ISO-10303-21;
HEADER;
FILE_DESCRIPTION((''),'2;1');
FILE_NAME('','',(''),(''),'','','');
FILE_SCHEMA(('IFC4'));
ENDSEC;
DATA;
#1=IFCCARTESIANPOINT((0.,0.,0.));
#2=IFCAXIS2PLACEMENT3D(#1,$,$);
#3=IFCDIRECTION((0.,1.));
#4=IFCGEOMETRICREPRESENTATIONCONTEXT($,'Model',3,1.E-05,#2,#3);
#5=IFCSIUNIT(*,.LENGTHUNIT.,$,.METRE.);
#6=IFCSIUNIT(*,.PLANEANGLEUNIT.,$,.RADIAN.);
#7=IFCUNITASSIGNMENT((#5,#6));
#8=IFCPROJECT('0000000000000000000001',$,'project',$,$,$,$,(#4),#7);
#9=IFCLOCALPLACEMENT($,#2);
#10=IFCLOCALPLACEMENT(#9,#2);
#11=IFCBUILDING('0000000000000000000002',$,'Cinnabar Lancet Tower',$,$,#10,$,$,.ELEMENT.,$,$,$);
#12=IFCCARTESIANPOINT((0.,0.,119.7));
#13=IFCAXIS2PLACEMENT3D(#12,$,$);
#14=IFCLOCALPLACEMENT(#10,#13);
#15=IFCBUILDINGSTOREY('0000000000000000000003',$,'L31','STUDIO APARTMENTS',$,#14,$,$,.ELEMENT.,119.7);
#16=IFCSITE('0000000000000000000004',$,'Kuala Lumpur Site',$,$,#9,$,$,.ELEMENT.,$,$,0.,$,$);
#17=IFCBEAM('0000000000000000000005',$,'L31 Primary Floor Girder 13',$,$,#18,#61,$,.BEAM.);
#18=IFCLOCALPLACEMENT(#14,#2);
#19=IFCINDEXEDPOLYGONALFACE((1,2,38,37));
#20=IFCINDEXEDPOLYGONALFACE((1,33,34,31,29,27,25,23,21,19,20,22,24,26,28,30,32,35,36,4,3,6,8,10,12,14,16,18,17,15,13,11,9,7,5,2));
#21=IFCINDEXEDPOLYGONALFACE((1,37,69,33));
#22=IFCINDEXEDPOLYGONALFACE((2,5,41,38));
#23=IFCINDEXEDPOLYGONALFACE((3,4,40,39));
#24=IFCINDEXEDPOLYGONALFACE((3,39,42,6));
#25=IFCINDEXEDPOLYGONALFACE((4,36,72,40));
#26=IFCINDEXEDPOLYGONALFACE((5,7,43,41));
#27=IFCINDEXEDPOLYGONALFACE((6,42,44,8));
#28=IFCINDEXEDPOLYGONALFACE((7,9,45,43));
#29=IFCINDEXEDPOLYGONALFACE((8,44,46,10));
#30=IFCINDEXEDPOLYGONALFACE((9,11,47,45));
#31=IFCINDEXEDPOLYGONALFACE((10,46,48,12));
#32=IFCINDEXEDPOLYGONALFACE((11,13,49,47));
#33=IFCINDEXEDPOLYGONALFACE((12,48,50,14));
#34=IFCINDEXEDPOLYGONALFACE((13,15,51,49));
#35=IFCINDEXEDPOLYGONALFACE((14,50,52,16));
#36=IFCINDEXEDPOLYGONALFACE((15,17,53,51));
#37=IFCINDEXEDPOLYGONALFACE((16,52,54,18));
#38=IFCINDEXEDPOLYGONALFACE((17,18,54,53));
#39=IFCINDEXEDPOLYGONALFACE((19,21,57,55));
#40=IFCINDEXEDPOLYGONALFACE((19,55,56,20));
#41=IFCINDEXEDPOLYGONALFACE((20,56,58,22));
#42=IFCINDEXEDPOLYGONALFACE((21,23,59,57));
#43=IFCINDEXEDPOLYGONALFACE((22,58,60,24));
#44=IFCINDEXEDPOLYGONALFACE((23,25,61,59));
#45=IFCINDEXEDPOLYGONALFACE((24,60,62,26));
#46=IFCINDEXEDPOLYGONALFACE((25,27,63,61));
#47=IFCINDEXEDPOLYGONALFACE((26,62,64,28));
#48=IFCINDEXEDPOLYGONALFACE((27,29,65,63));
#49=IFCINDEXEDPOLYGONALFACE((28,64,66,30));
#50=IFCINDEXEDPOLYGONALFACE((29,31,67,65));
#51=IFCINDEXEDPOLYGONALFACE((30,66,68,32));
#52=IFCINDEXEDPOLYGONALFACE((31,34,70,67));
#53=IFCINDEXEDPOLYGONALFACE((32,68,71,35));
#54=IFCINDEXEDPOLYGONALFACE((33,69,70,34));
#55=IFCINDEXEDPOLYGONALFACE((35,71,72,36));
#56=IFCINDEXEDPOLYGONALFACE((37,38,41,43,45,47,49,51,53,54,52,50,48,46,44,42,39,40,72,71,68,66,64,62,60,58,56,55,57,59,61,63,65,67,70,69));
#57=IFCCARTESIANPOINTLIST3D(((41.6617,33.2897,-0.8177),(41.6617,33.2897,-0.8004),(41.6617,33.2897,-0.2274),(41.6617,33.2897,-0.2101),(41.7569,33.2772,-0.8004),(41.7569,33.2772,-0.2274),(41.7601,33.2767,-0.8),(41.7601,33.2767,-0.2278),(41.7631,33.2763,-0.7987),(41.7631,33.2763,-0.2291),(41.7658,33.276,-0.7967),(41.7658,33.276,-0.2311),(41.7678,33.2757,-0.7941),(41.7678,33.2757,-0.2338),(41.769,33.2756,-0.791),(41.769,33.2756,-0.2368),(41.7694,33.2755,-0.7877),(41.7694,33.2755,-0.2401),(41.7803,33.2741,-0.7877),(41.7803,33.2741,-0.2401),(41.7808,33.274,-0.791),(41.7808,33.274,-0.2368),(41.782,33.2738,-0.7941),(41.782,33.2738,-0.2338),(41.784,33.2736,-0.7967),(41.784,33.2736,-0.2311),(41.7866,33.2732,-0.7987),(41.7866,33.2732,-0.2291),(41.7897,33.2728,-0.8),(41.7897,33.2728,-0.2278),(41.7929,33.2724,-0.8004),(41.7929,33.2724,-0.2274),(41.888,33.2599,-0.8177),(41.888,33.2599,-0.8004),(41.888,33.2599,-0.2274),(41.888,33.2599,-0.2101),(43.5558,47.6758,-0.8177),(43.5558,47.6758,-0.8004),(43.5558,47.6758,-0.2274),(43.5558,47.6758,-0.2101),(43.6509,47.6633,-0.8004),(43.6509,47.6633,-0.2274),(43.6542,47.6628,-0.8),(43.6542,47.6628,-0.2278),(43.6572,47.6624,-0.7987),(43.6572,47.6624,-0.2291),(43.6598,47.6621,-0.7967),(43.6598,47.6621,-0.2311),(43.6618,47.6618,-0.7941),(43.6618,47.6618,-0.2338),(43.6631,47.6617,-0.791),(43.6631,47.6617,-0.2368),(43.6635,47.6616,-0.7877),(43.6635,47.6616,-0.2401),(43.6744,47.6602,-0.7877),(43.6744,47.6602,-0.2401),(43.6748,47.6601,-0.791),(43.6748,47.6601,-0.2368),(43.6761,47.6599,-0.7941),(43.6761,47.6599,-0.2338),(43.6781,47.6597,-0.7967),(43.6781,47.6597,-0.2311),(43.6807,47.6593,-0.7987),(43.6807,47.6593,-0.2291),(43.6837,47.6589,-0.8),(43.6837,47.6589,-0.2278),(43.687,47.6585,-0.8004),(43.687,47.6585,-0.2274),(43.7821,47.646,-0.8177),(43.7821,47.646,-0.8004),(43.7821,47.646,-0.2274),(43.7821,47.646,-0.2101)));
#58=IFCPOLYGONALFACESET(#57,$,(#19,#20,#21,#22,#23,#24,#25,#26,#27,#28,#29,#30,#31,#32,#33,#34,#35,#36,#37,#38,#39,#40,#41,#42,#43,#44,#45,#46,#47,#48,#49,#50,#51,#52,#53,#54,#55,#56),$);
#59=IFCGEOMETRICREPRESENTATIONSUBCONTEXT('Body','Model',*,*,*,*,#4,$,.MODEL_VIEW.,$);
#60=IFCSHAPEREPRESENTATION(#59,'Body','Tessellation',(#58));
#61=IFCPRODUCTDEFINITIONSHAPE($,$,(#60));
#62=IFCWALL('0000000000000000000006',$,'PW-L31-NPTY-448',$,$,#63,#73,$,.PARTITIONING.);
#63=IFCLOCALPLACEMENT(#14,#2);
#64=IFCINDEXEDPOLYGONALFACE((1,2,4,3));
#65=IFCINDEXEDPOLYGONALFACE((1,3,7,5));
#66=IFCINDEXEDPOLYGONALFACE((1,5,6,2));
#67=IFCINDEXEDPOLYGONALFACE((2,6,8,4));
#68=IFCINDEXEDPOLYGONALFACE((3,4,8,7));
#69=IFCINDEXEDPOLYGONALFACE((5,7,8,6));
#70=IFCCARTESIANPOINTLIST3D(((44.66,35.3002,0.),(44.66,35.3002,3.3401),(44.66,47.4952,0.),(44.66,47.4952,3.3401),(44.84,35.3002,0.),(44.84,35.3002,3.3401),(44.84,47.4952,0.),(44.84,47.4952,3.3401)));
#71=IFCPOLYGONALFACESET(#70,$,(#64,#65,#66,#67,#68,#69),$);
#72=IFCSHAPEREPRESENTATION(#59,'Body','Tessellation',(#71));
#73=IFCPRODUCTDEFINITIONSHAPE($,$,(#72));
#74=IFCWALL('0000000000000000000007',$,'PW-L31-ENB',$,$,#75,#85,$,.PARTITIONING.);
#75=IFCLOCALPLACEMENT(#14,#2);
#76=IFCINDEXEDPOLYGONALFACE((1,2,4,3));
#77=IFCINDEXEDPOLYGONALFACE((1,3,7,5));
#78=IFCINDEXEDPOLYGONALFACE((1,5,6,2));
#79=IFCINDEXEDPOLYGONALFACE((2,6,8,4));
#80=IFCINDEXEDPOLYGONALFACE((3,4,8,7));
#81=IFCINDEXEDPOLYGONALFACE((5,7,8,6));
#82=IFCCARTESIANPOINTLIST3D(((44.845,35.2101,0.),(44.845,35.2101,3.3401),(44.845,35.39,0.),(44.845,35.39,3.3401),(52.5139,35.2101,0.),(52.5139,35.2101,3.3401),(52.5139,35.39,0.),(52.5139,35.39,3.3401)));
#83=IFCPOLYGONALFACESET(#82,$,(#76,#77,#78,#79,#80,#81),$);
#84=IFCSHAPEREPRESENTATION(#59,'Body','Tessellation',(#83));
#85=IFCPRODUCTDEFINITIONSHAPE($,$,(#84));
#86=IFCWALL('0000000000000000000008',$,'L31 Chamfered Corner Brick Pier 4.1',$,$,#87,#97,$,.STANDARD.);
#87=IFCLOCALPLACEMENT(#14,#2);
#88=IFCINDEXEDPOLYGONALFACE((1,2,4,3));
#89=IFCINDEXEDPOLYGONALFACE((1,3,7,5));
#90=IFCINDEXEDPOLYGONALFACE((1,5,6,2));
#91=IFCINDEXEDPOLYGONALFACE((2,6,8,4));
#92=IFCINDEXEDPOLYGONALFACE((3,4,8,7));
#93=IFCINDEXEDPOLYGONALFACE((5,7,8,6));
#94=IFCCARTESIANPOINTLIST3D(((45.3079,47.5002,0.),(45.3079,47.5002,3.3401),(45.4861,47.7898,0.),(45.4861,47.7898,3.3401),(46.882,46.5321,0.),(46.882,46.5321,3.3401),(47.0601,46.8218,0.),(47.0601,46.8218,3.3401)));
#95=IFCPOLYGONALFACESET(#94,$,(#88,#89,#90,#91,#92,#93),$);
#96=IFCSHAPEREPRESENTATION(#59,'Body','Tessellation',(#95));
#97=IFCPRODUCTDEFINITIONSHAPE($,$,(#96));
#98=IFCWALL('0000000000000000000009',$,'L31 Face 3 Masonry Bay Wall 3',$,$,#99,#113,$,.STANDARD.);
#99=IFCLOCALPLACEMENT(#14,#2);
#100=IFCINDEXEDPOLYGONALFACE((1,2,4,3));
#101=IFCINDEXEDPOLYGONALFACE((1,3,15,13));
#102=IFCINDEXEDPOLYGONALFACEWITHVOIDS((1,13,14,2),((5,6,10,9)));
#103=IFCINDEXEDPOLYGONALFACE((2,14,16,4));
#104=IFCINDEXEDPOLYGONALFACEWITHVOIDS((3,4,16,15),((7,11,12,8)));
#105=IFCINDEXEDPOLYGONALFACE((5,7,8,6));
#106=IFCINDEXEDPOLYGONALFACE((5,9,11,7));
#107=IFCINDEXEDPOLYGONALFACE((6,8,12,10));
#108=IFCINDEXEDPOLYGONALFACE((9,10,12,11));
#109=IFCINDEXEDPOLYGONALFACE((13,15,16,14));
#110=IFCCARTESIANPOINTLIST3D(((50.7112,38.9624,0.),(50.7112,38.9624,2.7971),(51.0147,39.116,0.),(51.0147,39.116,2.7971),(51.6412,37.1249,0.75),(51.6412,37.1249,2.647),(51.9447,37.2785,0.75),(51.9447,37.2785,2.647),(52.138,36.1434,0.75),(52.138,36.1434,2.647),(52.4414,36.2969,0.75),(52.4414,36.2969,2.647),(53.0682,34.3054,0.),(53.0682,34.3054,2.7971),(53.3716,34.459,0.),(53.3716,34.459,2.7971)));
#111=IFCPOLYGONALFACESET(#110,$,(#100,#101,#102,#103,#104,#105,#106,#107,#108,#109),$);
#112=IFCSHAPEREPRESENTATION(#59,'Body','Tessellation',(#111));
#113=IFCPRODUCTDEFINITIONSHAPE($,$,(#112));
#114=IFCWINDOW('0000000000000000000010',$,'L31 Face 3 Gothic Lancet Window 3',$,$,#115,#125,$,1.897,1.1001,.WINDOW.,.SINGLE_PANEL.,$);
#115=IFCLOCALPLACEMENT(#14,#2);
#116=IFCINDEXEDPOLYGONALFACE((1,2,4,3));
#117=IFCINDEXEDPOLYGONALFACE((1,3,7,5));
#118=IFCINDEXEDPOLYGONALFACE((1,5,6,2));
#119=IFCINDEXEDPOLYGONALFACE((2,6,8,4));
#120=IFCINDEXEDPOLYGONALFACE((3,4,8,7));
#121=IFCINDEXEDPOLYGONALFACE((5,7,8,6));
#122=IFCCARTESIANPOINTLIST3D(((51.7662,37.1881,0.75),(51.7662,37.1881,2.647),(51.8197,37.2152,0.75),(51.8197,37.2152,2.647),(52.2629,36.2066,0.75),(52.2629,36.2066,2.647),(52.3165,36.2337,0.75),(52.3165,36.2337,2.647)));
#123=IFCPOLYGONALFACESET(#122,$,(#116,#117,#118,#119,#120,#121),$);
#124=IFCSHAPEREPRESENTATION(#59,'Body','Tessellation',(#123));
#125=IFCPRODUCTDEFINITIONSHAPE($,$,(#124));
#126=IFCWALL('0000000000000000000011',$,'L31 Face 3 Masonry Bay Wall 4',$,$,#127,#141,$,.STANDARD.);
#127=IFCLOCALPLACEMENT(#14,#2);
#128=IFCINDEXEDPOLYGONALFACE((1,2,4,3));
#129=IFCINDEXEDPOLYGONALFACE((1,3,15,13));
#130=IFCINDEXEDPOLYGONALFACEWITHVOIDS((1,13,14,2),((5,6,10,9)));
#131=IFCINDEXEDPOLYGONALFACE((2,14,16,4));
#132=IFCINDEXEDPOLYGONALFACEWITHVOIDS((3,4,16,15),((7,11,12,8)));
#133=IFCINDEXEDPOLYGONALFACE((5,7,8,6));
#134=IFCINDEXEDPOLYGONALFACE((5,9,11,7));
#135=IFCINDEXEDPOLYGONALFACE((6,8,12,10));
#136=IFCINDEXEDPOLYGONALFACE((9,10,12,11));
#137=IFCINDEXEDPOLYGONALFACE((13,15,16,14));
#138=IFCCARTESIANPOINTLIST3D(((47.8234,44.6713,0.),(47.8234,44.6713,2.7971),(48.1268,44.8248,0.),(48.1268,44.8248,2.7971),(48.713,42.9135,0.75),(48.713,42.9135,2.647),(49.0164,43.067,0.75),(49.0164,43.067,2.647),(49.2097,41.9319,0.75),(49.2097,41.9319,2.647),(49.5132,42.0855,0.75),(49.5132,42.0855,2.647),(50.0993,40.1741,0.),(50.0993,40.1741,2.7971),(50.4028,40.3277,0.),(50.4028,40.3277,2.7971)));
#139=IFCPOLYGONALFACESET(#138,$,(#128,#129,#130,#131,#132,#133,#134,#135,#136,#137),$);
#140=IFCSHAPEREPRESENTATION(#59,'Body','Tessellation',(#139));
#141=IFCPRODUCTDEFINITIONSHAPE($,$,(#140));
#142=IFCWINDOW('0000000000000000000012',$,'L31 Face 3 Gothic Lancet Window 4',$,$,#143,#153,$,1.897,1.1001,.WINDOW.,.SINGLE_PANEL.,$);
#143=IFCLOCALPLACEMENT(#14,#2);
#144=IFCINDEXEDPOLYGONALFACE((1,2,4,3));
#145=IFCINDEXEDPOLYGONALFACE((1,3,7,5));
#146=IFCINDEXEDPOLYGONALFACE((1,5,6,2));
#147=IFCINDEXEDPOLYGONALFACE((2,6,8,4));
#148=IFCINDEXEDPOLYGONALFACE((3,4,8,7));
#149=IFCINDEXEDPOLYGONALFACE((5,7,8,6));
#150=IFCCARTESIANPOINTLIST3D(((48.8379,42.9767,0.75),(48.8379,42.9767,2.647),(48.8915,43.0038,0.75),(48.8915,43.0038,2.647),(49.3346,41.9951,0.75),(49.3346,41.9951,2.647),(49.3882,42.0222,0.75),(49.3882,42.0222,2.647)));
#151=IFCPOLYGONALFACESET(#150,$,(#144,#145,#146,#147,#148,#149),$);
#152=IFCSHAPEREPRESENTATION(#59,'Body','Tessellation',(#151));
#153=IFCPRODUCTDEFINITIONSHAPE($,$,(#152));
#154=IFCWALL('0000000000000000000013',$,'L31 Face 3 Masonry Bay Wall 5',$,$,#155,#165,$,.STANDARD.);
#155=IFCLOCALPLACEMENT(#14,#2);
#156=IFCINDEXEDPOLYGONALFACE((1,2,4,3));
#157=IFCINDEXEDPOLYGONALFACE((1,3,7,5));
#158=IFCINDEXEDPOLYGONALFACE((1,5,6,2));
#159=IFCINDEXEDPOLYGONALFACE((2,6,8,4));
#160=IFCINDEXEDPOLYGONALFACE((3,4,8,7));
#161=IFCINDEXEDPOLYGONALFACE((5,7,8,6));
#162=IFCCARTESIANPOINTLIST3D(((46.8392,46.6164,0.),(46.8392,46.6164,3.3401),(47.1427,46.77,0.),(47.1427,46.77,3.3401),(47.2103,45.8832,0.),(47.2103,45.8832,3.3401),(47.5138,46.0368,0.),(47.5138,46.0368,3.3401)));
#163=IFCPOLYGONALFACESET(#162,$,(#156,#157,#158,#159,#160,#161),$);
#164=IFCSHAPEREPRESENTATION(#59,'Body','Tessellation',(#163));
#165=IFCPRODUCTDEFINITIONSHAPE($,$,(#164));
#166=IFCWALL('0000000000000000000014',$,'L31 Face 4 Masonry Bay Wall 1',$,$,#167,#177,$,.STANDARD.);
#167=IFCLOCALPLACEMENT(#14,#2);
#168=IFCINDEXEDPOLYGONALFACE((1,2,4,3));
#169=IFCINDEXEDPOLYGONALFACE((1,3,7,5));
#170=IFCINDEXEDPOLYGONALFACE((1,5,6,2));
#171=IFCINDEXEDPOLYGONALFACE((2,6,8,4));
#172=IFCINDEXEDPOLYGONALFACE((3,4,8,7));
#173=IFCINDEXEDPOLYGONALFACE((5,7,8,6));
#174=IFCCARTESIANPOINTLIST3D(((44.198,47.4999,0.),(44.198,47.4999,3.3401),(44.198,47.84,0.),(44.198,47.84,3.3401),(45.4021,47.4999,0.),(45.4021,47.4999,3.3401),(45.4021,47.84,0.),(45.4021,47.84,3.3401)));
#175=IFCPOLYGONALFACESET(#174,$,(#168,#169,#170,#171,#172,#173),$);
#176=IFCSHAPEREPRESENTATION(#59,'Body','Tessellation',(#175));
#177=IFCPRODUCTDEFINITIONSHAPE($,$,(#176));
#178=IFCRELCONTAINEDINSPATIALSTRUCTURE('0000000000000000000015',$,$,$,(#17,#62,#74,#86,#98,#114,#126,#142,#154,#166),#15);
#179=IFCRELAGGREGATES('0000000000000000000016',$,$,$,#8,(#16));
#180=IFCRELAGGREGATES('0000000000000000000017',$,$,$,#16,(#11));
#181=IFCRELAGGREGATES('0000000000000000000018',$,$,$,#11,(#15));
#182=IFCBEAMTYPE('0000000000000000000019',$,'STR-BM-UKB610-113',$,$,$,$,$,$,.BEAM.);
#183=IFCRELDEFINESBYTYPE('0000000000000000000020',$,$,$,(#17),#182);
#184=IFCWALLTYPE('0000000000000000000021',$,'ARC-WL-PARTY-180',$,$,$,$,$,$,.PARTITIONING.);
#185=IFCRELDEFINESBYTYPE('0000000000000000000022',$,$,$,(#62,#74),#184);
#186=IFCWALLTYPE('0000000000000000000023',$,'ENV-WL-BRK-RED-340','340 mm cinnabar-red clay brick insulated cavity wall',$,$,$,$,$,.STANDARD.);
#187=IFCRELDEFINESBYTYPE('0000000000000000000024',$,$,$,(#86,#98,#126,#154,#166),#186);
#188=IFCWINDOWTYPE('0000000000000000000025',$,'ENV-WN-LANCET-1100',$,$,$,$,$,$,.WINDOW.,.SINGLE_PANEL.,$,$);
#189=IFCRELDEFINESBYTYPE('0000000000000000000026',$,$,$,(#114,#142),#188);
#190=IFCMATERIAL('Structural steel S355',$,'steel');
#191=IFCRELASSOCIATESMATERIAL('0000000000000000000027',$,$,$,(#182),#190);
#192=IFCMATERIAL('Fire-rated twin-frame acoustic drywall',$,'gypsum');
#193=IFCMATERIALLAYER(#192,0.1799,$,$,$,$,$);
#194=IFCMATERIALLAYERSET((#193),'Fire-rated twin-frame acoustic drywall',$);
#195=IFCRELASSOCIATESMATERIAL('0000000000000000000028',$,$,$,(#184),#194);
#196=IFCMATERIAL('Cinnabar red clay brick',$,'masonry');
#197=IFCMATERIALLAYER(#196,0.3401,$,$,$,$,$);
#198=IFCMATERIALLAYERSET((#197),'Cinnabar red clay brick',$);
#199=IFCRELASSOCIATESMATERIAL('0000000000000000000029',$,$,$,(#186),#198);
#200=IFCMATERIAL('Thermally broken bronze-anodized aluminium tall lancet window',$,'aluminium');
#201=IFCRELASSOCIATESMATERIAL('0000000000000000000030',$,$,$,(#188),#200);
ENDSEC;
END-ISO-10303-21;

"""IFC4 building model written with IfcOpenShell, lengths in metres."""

from ifc_helpers import new_model, si_unit, direction, frame, frame_2d, origin, origin_2d, place, context, subcontext, project, spatial, rectangle, i_section, extrude, material, layer, layer_set, material_profile, profile_set, type_object, element, fill, save


model = new_model("IFC4")

# Units and contexts
model_context = context("Model", 3, precision=1e-05, world=origin(), true_north=direction((0.0, 1.0)))
body_context = subcontext(model_context, "Body", "Model", "MODEL_VIEW")
ifc_project = project(units=[si_unit("LENGTHUNIT", "METRE"), si_unit("PLANEANGLEUNIT", "RADIAN")], contexts=[model_context])

# Site, building, storey
site_placement = place(None, origin())
site = spatial("IfcSite", under=ifc_project, at=site_placement, Name="Kuala Lumpur Site", CompositionType="ELEMENT", RefElevation=0.0)
building_placement = place(site_placement, origin())
building = spatial("IfcBuilding", under=site, at=building_placement, Name="Cinnabar Lancet Tower", CompositionType="ELEMENT")
storey_placement = place(building_placement, frame((0.0, 0.0, 119.7)))
storey = spatial("IfcBuildingStorey", under=building, at=storey_placement, Name="L31", Description="STUDIO APARTMENTS", CompositionType="ELEMENT", Elevation=119.7)

# Beam
ifc_material_1 = material(Name="Structural steel S355", Category="steel")
ifc_material_profile_1 = material_profile(ifc_material_1, i_section(OverallWidth=0.2283, OverallDepth=0.6077, WebThickness=0.011, FlangeThickness=0.0173, FilletRadius=0.0127, at=origin_2d()), Name="UKB 610x229x113")
ifc_profile_set_1 = profile_set([ifc_material_profile_1], Name="Structural steel S355")
beam_type_1 = type_object("IfcBeamType", Name="STR-BM-UKB610-113", PredefinedType="BEAM", material=ifc_profile_set_1)
beam_1_placement = place(storey_placement, frame((43.6689, 47.6609, -0.5139), z_axis=(-0.130532, -0.991444, 0.0), x_axis=(0.991444, -0.130532, 0.0)))
element("IfcBeam", 1, at=beam_1_placement, inside=storey, type_object=beam_type_1, Name="L31 Primary Floor Girder 13", PredefinedType="BEAM", context=body_context, shape_type="SweptSolid", body=[
    extrude(i_section(OverallWidth=0.2283, OverallDepth=0.6077, WebThickness=0.011, FlangeThickness=0.0173, FilletRadius=0.0127, at=origin_2d()), origin(), (0.0, 0.0, 1.0), 14.5103),
])

# Walls
ifc_material_2 = material(Name="Fire-rated twin-frame acoustic drywall", Category="gypsum")
ifc_layer_1 = layer(ifc_material_2, 0.1799)
ifc_layer_set_1 = layer_set([ifc_layer_1], Name="Fire-rated twin-frame acoustic drywall")
wall_type_1 = type_object("IfcWallType", Name="ARC-WL-PARTY-180", PredefinedType="PARTITIONING", material=ifc_layer_set_1)
wall_1_placement = place(storey_placement, frame((44.75, 35.3, 0.0), z_axis=(0.0, 0.0, 1.0), x_axis=(0.0, 1.0, 0.0)))
element("IfcWall", 2, at=wall_1_placement, inside=storey, type_object=wall_type_1, Name="PW-L31-NPTY-448", PredefinedType="PARTITIONING", context=body_context, shape_type="SweptSolid", body=[
    extrude(rectangle(XDim=12.1951, YDim=0.1799, at=frame_2d((6.0977, 0.0))), origin(), (0.0, 0.0, 1.0), 3.3401),
])
wall_2_placement = place(storey_placement, frame((44.845, 35.3, 0.0), z_axis=(0.0, 0.0, 1.0), x_axis=(1.0, 0.0, 0.0)))
element("IfcWall", 3, at=wall_2_placement, inside=storey, type_object=wall_type_1, Name="PW-L31-ENB", PredefinedType="PARTITIONING", context=body_context, shape_type="SweptSolid", body=[
    extrude(rectangle(XDim=7.6689, YDim=0.1799, at=frame_2d((3.8345, 0.0))), origin(), (0.0, 0.0, 1.0), 3.3401),
])
ifc_material_3 = material(Name="Cinnabar red clay brick", Category="masonry")
ifc_layer_2 = layer(ifc_material_3, 0.3401)
ifc_layer_set_2 = layer_set([ifc_layer_2], Name="Cinnabar red clay brick")
wall_type_2 = type_object("IfcWallType", Name="ENV-WL-BRK-RED-340", Description="340 mm cinnabar-red clay brick insulated cavity wall", PredefinedType="STANDARD", material=ifc_layer_set_2)
wall_3_placement = place(storey_placement, frame((46.9709, 46.677, 0.0), z_axis=(0.0, 0.0, 1.0), x_axis=(-0.851799, 0.523869, 0.0)))
element("IfcWall", 4, at=wall_3_placement, inside=storey, type_object=wall_type_2, Name="L31 Chamfered Corner Brick Pier 4.1", PredefinedType="STANDARD", context=body_context, shape_type="SweptSolid", body=[
    extrude(rectangle(XDim=1.8479, YDim=0.3401, at=frame_2d((0.9238, 0.0))), origin(), (0.0, 0.0, 1.0), 3.3401),
])

# Walls, openings, windows
wall_4_placement = place(storey_placement, frame((53.22, 34.3821, 0.0), z_axis=(0.0, 0.0, 1.0), x_axis=(-0.451568, 0.892237, 0.0)))
wall_4 = element("IfcWall", 5, at=wall_4_placement, inside=storey, type_object=wall_type_2, Name="L31 Face 3 Masonry Bay Wall 3", PredefinedType="STANDARD", context=body_context, shape_type="SweptSolid", body=[
    extrude(rectangle(XDim=5.2195, YDim=0.3401, at=frame_2d((2.6099, 0.0))), origin(), (0.0, 0.0, 1.0), 2.7971),
])
opening_1_placement = place(wall_4_placement, frame((2.0601, 0.0, 0.75)))
opening_1 = element("IfcOpeningElement", 6, at=opening_1_placement, cuts=wall_4, PredefinedType="OPENING", context=body_context, shape_type="SweptSolid", body=[
    extrude(rectangle(XDim=1.1001, YDim=1.897, at=frame_2d((0.55, 0.9485))), frame((0.0, 0.1799, 0.0), z_axis=(0.0, -1.0, 0.0), x_axis=(1.0, 0.0, 0.0)), (0.0, 0.0, 1.0), 0.3601),
])
ifc_material_4 = material(Name="Thermally broken bronze-anodized aluminium tall lancet window", Category="aluminium")
window_type = type_object("IfcWindowType", Name="ENV-WN-LANCET-1100", PartitioningType="SINGLE_PANEL", PredefinedType="WINDOW", material=ifc_material_4)
window_1_placement = place(opening_1_placement, origin())
window_1 = element("IfcWindow", 7, at=window_1_placement, inside=storey, type_object=window_type, Name="L31 Face 3 Gothic Lancet Window 3", OverallHeight=1.897, OverallWidth=1.1001, PartitioningType="SINGLE_PANEL", PredefinedType="WINDOW", context=body_context, shape_type="SweptSolid", body=[
    extrude(rectangle(XDim=1.1001, YDim=1.897, at=frame_2d((0.55, 0.9485))), frame((0.0, 0.03, 0.0), z_axis=(0.0, -1.0, 0.0), x_axis=(1.0, 0.0, 0.0)), (0.0, 0.0, 1.0), 0.0601),
])
fill(opening_1, window_1)
wall_5_placement = place(storey_placement, frame((50.251, 40.251, 0.0), z_axis=(0.0, 0.0, 1.0), x_axis=(-0.451548, 0.892247, 0.0)))
wall_5 = element("IfcWall", 8, at=wall_5_placement, inside=storey, type_object=wall_type_2, Name="L31 Face 3 Masonry Bay Wall 4", PredefinedType="STANDARD", context=body_context, shape_type="SweptSolid", body=[
    extrude(rectangle(XDim=5.0403, YDim=0.3401, at=frame_2d((2.52, 0.0))), origin(), (0.0, 0.0, 1.0), 2.7971),
])
opening_2_placement = place(wall_5_placement, frame((1.97, 0.0, 0.75)))
opening_2 = element("IfcOpeningElement", 9, at=opening_2_placement, cuts=wall_5, PredefinedType="OPENING", context=body_context, shape_type="SweptSolid", body=[
    extrude(rectangle(XDim=1.1001, YDim=1.897, at=frame_2d((0.55, 0.9485))), frame((0.0, 0.1799, 0.0), z_axis=(0.0, -1.0, 0.0), x_axis=(1.0, 0.0, 0.0)), (0.0, 0.0, 1.0), 0.3601),
])
window_2_placement = place(opening_2_placement, origin())
window_2 = element("IfcWindow", 10, at=window_2_placement, inside=storey, type_object=window_type, Name="L31 Face 3 Gothic Lancet Window 4", OverallHeight=1.897, OverallWidth=1.1001, PartitioningType="SINGLE_PANEL", PredefinedType="WINDOW", context=body_context, shape_type="SweptSolid", body=[
    extrude(rectangle(XDim=1.1001, YDim=1.897, at=frame_2d((0.55, 0.9485))), frame((0.0, 0.03, 0.0), z_axis=(0.0, -1.0, 0.0), x_axis=(1.0, 0.0, 0.0)), (0.0, 0.0, 1.0), 0.0601),
])
fill(opening_2, window_2)

# Walls
wall_6_placement = place(storey_placement, frame((47.3621, 45.96, 0.0), z_axis=(0.0, 0.0, 1.0), x_axis=(-0.451605, 0.892218, 0.0)))
element("IfcWall", 11, at=wall_6_placement, inside=storey, type_object=wall_type_2, Name="L31 Face 3 Masonry Bay Wall 5", PredefinedType="STANDARD", context=body_context, shape_type="SweptSolid", body=[
    extrude(rectangle(XDim=0.8218, YDim=0.3401, at=frame_2d((0.4109, 0.0))), origin(), (0.0, 0.0, 1.0), 3.3401),
])
wall_7_placement = place(storey_placement, frame((45.4021, 47.6699, 0.0), z_axis=(0.0, 0.0, 1.0), x_axis=(-1.0, 0.0, 0.0)))
element("IfcWall", 12, at=wall_7_placement, inside=storey, type_object=wall_type_2, Name="L31 Face 4 Masonry Bay Wall 1", PredefinedType="STANDARD", context=body_context, shape_type="SweptSolid", body=[
    extrude(rectangle(XDim=1.2041, YDim=0.3401, at=frame_2d((0.6021, 0.0))), origin(), (0.0, 0.0, 1.0), 3.3401),
])

save(model, "model.ifc")
